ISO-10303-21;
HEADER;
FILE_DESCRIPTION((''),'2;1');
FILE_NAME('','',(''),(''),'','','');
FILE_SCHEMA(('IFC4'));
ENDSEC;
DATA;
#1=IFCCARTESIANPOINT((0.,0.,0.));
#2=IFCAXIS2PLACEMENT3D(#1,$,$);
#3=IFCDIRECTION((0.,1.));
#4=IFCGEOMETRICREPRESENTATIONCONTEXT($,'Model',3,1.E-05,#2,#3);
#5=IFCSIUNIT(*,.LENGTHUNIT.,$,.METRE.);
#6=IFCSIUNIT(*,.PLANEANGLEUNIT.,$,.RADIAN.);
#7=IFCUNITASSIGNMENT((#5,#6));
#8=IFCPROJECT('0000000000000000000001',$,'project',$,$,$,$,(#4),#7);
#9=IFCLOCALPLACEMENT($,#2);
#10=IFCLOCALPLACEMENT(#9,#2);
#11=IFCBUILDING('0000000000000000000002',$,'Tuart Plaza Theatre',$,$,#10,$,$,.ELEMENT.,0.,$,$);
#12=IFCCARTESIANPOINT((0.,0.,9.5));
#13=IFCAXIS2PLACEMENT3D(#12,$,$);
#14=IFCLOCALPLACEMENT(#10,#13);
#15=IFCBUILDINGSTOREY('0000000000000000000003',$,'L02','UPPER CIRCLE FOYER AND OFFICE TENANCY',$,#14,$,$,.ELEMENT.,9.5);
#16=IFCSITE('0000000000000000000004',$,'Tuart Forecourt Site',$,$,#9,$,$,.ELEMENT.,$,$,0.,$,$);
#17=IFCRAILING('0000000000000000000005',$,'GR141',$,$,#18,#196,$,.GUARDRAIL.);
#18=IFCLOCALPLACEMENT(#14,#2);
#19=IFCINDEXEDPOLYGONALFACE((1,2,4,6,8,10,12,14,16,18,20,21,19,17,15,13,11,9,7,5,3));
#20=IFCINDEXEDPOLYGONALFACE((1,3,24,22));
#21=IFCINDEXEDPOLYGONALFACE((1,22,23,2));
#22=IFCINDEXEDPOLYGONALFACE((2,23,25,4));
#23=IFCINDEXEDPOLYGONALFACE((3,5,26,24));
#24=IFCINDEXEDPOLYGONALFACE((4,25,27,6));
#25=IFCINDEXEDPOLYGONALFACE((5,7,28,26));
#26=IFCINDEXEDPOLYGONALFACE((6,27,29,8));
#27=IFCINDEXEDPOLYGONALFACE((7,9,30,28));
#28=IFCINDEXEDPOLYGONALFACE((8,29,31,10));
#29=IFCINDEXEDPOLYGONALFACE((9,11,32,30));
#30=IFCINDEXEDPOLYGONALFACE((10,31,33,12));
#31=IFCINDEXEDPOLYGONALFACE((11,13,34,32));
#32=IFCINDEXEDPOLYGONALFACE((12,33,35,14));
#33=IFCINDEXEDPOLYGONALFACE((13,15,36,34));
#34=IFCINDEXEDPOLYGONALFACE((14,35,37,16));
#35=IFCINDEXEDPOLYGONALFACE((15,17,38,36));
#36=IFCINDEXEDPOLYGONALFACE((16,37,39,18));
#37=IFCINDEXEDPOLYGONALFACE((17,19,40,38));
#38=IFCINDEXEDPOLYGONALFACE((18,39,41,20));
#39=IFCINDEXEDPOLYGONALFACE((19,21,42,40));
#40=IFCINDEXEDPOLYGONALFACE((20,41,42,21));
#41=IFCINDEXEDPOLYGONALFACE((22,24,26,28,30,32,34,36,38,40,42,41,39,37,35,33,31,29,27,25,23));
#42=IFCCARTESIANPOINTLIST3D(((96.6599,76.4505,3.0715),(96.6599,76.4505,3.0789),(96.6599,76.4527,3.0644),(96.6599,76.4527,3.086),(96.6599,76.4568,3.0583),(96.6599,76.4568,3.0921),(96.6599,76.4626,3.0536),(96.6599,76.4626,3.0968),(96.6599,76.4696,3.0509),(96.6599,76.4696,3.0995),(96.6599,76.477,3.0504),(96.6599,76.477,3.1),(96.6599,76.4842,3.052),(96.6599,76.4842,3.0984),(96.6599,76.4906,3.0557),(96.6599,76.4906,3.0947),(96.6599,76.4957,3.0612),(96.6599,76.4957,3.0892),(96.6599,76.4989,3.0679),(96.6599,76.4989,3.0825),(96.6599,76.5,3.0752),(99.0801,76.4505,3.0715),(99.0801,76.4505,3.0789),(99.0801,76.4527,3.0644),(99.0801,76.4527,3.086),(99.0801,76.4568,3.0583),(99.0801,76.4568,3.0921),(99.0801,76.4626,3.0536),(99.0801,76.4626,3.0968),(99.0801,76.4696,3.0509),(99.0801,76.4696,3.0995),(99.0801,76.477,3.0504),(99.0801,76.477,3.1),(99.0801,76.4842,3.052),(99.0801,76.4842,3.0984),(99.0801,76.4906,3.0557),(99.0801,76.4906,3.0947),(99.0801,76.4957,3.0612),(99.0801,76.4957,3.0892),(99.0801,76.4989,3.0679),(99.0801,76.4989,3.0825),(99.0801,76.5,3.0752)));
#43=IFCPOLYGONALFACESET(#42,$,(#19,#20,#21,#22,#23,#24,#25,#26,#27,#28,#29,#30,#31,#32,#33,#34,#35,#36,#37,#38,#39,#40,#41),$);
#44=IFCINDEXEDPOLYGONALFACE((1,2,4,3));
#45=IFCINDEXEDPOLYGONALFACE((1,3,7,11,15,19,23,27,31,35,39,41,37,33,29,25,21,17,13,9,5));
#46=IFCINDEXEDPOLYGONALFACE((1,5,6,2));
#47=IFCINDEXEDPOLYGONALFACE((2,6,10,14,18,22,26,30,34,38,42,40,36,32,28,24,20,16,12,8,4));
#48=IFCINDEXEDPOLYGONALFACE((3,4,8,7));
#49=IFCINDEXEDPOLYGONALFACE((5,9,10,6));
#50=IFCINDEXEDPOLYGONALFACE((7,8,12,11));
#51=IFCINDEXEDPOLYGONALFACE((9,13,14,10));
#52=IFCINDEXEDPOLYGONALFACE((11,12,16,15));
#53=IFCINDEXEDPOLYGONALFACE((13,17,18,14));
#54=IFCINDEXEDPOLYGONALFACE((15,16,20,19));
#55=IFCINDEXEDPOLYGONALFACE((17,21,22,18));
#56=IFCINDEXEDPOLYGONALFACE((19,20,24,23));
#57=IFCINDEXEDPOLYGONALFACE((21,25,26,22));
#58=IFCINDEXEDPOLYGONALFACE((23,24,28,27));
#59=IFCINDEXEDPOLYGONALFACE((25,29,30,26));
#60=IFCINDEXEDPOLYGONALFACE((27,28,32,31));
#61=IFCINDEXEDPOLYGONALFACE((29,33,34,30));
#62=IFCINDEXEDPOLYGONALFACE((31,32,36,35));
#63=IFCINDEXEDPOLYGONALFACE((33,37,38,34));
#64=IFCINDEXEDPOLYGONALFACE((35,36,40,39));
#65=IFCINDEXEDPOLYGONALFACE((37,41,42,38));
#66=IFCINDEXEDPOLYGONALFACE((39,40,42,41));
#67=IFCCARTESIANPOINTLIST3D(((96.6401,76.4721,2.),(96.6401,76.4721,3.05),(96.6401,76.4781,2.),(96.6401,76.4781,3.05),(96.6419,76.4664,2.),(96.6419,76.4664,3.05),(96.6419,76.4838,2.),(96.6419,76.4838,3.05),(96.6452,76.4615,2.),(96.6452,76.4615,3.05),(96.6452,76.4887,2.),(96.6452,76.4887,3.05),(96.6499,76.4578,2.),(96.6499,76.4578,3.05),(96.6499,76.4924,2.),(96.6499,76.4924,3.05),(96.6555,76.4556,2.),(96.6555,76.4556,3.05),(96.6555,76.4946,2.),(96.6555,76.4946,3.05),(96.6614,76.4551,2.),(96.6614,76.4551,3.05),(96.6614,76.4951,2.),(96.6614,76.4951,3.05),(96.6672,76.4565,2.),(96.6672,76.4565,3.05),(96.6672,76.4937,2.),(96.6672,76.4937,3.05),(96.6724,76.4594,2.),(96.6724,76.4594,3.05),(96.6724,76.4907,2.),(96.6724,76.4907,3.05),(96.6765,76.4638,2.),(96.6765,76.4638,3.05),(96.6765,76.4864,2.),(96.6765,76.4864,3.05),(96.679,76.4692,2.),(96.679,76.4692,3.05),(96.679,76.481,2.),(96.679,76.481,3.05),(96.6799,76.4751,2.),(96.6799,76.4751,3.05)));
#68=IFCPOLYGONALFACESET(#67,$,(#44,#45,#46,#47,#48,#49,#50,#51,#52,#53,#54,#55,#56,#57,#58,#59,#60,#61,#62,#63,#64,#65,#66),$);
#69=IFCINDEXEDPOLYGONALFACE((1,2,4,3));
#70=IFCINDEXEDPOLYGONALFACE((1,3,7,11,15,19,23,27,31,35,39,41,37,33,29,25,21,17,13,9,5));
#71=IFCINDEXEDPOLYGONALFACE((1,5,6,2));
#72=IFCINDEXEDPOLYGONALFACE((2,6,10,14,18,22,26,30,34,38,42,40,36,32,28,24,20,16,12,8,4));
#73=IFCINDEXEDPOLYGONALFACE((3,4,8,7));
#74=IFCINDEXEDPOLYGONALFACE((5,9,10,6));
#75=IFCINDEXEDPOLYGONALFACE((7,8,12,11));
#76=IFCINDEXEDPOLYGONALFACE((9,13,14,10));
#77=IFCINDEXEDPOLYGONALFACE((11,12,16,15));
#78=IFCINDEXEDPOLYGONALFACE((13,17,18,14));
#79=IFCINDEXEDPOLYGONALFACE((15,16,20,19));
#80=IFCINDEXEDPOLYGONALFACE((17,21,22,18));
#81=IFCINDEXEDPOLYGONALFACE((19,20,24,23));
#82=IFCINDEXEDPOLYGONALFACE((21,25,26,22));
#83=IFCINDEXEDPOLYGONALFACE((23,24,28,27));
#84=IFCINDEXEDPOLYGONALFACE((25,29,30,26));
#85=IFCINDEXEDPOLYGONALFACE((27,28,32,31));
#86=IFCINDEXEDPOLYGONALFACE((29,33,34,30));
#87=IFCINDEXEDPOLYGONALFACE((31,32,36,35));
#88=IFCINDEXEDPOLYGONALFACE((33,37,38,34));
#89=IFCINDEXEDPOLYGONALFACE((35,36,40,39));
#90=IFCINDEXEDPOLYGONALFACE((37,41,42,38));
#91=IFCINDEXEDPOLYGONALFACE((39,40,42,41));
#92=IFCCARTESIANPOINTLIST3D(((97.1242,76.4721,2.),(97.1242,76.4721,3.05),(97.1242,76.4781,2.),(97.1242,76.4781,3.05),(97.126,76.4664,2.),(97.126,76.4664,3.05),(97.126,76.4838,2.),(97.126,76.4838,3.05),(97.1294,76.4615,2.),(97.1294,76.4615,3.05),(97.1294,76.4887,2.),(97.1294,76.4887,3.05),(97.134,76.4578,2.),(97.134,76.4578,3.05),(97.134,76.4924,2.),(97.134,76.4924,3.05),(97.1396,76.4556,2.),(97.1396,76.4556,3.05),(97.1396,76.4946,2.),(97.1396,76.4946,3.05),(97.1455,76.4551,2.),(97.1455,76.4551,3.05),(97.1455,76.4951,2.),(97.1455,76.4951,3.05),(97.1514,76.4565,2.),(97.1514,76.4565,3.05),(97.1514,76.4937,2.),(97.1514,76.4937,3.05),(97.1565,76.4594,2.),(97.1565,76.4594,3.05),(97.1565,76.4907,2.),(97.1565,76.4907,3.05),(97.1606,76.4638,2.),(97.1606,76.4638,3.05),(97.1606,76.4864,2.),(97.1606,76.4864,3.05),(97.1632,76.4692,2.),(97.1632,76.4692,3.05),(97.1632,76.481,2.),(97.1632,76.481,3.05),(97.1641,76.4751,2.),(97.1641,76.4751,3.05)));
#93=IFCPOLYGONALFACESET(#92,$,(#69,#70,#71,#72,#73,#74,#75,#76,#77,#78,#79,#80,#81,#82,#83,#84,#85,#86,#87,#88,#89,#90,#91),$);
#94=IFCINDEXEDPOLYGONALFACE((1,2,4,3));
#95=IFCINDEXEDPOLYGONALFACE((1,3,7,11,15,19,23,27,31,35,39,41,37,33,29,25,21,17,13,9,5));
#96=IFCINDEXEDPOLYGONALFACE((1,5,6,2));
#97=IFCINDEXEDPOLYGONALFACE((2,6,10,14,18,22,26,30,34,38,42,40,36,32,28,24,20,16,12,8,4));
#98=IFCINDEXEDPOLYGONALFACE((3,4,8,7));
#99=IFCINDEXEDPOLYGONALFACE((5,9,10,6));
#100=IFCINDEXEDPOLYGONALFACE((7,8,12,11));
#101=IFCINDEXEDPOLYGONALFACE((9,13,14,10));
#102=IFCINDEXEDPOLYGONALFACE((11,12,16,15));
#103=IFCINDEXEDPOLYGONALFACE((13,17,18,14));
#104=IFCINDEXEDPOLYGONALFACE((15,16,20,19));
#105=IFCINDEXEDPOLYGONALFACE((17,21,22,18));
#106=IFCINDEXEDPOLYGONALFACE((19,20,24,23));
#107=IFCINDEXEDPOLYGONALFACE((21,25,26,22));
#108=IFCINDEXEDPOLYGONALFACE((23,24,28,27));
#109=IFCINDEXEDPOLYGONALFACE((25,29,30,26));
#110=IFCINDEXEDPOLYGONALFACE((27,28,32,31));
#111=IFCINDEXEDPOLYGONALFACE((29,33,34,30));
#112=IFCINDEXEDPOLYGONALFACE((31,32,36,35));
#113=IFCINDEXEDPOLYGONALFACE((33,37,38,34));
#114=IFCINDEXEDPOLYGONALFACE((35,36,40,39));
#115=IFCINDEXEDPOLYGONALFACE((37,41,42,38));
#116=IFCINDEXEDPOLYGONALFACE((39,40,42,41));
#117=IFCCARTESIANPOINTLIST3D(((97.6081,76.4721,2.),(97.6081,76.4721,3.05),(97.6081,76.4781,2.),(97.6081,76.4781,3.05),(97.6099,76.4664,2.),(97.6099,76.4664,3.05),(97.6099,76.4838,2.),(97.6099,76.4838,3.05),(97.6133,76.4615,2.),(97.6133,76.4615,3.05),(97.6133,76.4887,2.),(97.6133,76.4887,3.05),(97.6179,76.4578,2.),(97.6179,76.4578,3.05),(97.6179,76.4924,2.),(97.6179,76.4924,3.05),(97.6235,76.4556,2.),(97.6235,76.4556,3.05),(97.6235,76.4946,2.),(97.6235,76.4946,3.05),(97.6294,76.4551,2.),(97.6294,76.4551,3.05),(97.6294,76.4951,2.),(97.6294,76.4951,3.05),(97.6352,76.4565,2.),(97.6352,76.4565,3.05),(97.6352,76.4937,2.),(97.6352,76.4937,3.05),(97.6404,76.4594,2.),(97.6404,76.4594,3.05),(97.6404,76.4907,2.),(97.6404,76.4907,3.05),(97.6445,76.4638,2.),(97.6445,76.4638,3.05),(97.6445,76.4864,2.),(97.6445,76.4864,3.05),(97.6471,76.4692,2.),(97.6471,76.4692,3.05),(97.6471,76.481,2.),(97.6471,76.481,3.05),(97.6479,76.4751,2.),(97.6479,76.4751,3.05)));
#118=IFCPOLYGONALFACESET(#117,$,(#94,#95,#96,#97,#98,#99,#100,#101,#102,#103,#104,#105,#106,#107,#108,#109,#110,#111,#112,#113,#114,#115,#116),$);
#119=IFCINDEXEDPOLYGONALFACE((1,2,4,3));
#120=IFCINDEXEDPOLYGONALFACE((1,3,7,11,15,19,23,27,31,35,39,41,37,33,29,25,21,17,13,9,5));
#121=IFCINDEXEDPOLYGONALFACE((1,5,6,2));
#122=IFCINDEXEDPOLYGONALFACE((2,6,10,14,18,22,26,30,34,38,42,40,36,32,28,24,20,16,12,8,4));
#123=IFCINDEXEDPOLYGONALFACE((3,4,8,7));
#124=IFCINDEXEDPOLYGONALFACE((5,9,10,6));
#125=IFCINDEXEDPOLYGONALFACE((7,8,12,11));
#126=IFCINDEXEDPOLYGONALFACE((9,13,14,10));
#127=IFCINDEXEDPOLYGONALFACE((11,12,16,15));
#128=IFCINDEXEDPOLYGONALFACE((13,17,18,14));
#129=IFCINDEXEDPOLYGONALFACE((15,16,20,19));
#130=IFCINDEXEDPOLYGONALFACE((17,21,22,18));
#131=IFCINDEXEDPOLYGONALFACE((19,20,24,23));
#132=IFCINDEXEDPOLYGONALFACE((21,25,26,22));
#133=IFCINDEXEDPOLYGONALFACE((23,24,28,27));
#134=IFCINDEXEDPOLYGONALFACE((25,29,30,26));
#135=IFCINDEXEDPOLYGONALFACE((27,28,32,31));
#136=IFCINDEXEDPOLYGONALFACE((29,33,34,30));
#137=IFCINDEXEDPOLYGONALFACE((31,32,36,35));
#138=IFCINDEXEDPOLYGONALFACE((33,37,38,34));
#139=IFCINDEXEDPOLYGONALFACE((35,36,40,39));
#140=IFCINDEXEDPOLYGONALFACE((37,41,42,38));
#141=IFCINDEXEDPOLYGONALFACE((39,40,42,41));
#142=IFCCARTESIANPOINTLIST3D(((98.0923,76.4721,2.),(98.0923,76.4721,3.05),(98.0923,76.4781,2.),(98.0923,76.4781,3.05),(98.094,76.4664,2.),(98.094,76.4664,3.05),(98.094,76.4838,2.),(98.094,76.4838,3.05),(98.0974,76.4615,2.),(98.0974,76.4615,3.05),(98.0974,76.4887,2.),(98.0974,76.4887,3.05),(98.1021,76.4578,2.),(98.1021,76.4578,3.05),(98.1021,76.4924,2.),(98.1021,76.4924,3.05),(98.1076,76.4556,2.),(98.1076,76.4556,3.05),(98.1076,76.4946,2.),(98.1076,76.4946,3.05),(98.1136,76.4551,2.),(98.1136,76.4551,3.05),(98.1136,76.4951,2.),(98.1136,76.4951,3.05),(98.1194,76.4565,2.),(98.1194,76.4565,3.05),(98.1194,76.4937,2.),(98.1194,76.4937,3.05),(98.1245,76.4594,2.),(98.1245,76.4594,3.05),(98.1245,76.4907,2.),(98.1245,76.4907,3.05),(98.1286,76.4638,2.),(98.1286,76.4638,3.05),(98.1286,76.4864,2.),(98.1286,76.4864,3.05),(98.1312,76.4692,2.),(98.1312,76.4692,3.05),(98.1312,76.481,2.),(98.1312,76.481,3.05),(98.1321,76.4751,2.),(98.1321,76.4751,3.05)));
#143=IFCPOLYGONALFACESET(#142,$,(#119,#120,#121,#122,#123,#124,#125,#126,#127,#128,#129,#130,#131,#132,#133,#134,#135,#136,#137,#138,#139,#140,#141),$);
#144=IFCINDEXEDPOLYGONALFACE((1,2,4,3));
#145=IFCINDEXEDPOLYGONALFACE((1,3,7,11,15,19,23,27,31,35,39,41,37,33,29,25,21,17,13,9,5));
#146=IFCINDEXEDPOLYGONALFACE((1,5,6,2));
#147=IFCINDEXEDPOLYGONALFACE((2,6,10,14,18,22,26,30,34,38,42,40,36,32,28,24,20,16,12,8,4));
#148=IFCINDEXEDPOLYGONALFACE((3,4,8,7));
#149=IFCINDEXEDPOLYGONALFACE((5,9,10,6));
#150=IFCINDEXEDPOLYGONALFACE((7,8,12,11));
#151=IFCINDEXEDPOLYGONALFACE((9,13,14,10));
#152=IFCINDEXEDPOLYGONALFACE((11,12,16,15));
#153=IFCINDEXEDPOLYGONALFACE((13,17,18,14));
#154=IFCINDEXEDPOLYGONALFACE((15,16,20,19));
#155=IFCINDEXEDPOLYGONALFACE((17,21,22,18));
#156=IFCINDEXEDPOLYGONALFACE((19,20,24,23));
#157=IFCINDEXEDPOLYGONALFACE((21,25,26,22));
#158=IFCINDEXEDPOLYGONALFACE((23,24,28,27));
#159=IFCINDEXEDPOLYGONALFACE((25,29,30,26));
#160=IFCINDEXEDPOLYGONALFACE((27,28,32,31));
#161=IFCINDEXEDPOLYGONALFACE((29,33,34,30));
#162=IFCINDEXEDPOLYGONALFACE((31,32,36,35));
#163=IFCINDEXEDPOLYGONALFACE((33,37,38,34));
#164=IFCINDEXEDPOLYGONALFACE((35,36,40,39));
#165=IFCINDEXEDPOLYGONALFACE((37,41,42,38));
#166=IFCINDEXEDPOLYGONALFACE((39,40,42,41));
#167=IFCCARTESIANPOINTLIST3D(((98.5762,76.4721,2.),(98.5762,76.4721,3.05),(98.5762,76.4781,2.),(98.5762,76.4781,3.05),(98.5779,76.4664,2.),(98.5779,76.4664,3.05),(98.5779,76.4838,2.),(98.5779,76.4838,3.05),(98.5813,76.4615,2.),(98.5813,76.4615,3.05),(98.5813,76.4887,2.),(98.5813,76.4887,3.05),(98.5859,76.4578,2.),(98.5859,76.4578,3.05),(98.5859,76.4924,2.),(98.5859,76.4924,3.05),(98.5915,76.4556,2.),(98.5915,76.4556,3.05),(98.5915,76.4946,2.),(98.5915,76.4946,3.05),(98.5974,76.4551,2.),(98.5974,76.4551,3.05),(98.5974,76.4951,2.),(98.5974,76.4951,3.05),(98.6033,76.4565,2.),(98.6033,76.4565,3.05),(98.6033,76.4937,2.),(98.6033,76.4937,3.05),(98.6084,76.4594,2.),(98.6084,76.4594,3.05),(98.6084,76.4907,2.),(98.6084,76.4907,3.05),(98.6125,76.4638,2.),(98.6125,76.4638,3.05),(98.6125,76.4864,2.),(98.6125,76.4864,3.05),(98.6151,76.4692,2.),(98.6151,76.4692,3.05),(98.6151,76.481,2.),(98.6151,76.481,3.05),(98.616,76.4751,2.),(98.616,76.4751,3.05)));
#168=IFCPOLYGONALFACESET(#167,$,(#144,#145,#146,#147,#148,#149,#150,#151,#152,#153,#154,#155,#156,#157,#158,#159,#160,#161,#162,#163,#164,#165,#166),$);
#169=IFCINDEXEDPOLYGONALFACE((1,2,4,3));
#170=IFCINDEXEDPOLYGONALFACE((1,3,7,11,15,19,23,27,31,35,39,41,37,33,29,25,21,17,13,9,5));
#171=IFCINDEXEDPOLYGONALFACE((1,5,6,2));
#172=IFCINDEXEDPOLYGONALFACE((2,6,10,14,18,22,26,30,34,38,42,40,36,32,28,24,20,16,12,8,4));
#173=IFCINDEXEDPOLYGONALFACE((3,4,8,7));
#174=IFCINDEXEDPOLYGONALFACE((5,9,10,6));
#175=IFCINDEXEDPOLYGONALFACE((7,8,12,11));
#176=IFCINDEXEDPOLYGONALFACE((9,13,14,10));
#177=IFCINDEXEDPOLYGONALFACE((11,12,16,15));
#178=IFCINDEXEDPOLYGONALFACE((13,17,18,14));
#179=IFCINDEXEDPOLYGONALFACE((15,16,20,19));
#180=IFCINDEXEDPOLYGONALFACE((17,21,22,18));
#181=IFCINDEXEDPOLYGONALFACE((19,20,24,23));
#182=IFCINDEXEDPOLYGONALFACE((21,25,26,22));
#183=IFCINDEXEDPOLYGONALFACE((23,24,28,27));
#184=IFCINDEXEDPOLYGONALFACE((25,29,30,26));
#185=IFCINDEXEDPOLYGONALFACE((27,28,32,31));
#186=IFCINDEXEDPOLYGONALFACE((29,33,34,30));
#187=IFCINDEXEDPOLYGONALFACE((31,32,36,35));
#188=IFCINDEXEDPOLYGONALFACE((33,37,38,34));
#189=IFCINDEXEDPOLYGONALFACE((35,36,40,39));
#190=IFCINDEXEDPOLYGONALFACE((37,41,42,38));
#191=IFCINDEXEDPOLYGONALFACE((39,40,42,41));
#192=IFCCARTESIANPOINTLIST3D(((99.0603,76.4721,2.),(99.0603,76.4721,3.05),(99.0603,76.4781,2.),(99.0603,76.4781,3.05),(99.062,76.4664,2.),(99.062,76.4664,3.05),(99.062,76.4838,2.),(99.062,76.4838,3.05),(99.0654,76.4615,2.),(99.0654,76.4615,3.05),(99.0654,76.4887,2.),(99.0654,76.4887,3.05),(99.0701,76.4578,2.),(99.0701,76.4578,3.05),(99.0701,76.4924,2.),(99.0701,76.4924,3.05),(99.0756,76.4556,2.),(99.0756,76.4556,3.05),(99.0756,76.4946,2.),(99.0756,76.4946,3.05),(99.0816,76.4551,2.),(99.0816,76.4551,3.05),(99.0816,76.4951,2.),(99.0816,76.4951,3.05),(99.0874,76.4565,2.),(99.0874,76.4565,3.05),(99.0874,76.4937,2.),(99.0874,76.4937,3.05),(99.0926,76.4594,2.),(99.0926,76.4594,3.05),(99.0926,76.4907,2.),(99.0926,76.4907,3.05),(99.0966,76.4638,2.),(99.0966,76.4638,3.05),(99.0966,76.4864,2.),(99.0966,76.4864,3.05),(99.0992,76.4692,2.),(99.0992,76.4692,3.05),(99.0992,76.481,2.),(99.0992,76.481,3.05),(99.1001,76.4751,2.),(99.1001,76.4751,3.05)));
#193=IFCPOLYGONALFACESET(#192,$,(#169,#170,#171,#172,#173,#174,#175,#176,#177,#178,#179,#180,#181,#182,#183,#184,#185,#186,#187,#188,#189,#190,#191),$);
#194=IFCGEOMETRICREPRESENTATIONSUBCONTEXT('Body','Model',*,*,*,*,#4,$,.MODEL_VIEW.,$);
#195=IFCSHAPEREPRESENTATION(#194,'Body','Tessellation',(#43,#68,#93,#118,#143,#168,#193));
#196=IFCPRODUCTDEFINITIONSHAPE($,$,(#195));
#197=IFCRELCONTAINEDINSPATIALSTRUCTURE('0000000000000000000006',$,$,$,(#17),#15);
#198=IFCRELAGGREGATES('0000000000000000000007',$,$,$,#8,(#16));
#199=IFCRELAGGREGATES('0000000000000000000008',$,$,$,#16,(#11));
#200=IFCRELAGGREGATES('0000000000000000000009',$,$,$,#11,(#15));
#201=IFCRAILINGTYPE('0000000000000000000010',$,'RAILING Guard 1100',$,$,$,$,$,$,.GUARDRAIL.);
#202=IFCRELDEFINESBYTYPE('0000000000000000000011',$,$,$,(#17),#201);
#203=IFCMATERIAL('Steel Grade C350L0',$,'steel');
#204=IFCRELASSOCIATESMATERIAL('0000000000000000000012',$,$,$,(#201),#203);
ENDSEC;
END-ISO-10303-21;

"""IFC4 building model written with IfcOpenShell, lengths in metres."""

from ifc_helpers import new_model, si_unit, direction, frame, origin, origin_2d, place, context, subcontext, project, spatial, circle, extrude, material, type_object, element, save


model = new_model("IFC4")

# Units and contexts
model_context = context("Model", 3, precision=1e-05, world=origin(), true_north=direction((0.0, 1.0)))
body_context = subcontext(model_context, "Body", "Model", "MODEL_VIEW")
ifc_project = project(units=[si_unit("LENGTHUNIT", "METRE"), si_unit("PLANEANGLEUNIT", "RADIAN")], contexts=[model_context])

# Site, building, storey
site_placement = place(None, origin())
site = spatial("IfcSite", under=ifc_project, at=site_placement, Name="Tuart Forecourt Site", CompositionType="ELEMENT", RefElevation=0.0)
building_placement = place(site_placement, origin())
building = spatial("IfcBuilding", under=site, at=building_placement, Name="Tuart Plaza Theatre", CompositionType="ELEMENT", ElevationOfRefHeight=0.0)
storey_placement = place(building_placement, frame((0.0, 0.0, 9.5)))
storey = spatial("IfcBuildingStorey", under=building, at=storey_placement, Name="L02", Description="UPPER CIRCLE FOYER AND OFFICE TENANCY", CompositionType="ELEMENT", Elevation=9.5)

# Railing
ifc_material_1 = material(Name="Steel Grade C350L0", Category="steel")
railing_type_1 = type_object("IfcRailingType", Name="RAILING Guard 1100", PredefinedType="GUARDRAIL", material=ifc_material_1)
railing_1_placement = place(storey_placement, frame((96.6599, 76.4751, 2.0)))
element("IfcRailing", 1, at=railing_1_placement, inside=storey, type_object=railing_type_1, Name="GR141", PredefinedType="GUARDRAIL", context=body_context, shape_type="SweptSolid", body=[
    extrude(circle(Radius=0.0249, at=origin_2d()), frame((0.0, 0.0, 1.0752), z_axis=(1.0, 0.0, 0.0), x_axis=(0.0, 1.0, 0.0)), (0.0, 0.0, 1.0), 2.4202),
    extrude(circle(Radius=0.02, at=origin_2d()), origin(), (0.0, 0.0, 1.0), 1.05),
    extrude(circle(Radius=0.02, at=origin_2d()), frame((0.4841, 0.0, 0.0)), (0.0, 0.0, 1.0), 1.05),
    extrude(circle(Radius=0.02, at=origin_2d()), frame((0.968, 0.0, 0.0)), (0.0, 0.0, 1.0), 1.05),
    extrude(circle(Radius=0.02, at=origin_2d()), frame((1.4521, 0.0, 0.0)), (0.0, 0.0, 1.0), 1.05),
    extrude(circle(Radius=0.02, at=origin_2d()), frame((1.936, 0.0, 0.0)), (0.0, 0.0, 1.0), 1.05),
    extrude(circle(Radius=0.02, at=origin_2d()), frame((2.4202, 0.0, 0.0)), (0.0, 0.0, 1.0), 1.05),
])

save(model, "model.ifc")
